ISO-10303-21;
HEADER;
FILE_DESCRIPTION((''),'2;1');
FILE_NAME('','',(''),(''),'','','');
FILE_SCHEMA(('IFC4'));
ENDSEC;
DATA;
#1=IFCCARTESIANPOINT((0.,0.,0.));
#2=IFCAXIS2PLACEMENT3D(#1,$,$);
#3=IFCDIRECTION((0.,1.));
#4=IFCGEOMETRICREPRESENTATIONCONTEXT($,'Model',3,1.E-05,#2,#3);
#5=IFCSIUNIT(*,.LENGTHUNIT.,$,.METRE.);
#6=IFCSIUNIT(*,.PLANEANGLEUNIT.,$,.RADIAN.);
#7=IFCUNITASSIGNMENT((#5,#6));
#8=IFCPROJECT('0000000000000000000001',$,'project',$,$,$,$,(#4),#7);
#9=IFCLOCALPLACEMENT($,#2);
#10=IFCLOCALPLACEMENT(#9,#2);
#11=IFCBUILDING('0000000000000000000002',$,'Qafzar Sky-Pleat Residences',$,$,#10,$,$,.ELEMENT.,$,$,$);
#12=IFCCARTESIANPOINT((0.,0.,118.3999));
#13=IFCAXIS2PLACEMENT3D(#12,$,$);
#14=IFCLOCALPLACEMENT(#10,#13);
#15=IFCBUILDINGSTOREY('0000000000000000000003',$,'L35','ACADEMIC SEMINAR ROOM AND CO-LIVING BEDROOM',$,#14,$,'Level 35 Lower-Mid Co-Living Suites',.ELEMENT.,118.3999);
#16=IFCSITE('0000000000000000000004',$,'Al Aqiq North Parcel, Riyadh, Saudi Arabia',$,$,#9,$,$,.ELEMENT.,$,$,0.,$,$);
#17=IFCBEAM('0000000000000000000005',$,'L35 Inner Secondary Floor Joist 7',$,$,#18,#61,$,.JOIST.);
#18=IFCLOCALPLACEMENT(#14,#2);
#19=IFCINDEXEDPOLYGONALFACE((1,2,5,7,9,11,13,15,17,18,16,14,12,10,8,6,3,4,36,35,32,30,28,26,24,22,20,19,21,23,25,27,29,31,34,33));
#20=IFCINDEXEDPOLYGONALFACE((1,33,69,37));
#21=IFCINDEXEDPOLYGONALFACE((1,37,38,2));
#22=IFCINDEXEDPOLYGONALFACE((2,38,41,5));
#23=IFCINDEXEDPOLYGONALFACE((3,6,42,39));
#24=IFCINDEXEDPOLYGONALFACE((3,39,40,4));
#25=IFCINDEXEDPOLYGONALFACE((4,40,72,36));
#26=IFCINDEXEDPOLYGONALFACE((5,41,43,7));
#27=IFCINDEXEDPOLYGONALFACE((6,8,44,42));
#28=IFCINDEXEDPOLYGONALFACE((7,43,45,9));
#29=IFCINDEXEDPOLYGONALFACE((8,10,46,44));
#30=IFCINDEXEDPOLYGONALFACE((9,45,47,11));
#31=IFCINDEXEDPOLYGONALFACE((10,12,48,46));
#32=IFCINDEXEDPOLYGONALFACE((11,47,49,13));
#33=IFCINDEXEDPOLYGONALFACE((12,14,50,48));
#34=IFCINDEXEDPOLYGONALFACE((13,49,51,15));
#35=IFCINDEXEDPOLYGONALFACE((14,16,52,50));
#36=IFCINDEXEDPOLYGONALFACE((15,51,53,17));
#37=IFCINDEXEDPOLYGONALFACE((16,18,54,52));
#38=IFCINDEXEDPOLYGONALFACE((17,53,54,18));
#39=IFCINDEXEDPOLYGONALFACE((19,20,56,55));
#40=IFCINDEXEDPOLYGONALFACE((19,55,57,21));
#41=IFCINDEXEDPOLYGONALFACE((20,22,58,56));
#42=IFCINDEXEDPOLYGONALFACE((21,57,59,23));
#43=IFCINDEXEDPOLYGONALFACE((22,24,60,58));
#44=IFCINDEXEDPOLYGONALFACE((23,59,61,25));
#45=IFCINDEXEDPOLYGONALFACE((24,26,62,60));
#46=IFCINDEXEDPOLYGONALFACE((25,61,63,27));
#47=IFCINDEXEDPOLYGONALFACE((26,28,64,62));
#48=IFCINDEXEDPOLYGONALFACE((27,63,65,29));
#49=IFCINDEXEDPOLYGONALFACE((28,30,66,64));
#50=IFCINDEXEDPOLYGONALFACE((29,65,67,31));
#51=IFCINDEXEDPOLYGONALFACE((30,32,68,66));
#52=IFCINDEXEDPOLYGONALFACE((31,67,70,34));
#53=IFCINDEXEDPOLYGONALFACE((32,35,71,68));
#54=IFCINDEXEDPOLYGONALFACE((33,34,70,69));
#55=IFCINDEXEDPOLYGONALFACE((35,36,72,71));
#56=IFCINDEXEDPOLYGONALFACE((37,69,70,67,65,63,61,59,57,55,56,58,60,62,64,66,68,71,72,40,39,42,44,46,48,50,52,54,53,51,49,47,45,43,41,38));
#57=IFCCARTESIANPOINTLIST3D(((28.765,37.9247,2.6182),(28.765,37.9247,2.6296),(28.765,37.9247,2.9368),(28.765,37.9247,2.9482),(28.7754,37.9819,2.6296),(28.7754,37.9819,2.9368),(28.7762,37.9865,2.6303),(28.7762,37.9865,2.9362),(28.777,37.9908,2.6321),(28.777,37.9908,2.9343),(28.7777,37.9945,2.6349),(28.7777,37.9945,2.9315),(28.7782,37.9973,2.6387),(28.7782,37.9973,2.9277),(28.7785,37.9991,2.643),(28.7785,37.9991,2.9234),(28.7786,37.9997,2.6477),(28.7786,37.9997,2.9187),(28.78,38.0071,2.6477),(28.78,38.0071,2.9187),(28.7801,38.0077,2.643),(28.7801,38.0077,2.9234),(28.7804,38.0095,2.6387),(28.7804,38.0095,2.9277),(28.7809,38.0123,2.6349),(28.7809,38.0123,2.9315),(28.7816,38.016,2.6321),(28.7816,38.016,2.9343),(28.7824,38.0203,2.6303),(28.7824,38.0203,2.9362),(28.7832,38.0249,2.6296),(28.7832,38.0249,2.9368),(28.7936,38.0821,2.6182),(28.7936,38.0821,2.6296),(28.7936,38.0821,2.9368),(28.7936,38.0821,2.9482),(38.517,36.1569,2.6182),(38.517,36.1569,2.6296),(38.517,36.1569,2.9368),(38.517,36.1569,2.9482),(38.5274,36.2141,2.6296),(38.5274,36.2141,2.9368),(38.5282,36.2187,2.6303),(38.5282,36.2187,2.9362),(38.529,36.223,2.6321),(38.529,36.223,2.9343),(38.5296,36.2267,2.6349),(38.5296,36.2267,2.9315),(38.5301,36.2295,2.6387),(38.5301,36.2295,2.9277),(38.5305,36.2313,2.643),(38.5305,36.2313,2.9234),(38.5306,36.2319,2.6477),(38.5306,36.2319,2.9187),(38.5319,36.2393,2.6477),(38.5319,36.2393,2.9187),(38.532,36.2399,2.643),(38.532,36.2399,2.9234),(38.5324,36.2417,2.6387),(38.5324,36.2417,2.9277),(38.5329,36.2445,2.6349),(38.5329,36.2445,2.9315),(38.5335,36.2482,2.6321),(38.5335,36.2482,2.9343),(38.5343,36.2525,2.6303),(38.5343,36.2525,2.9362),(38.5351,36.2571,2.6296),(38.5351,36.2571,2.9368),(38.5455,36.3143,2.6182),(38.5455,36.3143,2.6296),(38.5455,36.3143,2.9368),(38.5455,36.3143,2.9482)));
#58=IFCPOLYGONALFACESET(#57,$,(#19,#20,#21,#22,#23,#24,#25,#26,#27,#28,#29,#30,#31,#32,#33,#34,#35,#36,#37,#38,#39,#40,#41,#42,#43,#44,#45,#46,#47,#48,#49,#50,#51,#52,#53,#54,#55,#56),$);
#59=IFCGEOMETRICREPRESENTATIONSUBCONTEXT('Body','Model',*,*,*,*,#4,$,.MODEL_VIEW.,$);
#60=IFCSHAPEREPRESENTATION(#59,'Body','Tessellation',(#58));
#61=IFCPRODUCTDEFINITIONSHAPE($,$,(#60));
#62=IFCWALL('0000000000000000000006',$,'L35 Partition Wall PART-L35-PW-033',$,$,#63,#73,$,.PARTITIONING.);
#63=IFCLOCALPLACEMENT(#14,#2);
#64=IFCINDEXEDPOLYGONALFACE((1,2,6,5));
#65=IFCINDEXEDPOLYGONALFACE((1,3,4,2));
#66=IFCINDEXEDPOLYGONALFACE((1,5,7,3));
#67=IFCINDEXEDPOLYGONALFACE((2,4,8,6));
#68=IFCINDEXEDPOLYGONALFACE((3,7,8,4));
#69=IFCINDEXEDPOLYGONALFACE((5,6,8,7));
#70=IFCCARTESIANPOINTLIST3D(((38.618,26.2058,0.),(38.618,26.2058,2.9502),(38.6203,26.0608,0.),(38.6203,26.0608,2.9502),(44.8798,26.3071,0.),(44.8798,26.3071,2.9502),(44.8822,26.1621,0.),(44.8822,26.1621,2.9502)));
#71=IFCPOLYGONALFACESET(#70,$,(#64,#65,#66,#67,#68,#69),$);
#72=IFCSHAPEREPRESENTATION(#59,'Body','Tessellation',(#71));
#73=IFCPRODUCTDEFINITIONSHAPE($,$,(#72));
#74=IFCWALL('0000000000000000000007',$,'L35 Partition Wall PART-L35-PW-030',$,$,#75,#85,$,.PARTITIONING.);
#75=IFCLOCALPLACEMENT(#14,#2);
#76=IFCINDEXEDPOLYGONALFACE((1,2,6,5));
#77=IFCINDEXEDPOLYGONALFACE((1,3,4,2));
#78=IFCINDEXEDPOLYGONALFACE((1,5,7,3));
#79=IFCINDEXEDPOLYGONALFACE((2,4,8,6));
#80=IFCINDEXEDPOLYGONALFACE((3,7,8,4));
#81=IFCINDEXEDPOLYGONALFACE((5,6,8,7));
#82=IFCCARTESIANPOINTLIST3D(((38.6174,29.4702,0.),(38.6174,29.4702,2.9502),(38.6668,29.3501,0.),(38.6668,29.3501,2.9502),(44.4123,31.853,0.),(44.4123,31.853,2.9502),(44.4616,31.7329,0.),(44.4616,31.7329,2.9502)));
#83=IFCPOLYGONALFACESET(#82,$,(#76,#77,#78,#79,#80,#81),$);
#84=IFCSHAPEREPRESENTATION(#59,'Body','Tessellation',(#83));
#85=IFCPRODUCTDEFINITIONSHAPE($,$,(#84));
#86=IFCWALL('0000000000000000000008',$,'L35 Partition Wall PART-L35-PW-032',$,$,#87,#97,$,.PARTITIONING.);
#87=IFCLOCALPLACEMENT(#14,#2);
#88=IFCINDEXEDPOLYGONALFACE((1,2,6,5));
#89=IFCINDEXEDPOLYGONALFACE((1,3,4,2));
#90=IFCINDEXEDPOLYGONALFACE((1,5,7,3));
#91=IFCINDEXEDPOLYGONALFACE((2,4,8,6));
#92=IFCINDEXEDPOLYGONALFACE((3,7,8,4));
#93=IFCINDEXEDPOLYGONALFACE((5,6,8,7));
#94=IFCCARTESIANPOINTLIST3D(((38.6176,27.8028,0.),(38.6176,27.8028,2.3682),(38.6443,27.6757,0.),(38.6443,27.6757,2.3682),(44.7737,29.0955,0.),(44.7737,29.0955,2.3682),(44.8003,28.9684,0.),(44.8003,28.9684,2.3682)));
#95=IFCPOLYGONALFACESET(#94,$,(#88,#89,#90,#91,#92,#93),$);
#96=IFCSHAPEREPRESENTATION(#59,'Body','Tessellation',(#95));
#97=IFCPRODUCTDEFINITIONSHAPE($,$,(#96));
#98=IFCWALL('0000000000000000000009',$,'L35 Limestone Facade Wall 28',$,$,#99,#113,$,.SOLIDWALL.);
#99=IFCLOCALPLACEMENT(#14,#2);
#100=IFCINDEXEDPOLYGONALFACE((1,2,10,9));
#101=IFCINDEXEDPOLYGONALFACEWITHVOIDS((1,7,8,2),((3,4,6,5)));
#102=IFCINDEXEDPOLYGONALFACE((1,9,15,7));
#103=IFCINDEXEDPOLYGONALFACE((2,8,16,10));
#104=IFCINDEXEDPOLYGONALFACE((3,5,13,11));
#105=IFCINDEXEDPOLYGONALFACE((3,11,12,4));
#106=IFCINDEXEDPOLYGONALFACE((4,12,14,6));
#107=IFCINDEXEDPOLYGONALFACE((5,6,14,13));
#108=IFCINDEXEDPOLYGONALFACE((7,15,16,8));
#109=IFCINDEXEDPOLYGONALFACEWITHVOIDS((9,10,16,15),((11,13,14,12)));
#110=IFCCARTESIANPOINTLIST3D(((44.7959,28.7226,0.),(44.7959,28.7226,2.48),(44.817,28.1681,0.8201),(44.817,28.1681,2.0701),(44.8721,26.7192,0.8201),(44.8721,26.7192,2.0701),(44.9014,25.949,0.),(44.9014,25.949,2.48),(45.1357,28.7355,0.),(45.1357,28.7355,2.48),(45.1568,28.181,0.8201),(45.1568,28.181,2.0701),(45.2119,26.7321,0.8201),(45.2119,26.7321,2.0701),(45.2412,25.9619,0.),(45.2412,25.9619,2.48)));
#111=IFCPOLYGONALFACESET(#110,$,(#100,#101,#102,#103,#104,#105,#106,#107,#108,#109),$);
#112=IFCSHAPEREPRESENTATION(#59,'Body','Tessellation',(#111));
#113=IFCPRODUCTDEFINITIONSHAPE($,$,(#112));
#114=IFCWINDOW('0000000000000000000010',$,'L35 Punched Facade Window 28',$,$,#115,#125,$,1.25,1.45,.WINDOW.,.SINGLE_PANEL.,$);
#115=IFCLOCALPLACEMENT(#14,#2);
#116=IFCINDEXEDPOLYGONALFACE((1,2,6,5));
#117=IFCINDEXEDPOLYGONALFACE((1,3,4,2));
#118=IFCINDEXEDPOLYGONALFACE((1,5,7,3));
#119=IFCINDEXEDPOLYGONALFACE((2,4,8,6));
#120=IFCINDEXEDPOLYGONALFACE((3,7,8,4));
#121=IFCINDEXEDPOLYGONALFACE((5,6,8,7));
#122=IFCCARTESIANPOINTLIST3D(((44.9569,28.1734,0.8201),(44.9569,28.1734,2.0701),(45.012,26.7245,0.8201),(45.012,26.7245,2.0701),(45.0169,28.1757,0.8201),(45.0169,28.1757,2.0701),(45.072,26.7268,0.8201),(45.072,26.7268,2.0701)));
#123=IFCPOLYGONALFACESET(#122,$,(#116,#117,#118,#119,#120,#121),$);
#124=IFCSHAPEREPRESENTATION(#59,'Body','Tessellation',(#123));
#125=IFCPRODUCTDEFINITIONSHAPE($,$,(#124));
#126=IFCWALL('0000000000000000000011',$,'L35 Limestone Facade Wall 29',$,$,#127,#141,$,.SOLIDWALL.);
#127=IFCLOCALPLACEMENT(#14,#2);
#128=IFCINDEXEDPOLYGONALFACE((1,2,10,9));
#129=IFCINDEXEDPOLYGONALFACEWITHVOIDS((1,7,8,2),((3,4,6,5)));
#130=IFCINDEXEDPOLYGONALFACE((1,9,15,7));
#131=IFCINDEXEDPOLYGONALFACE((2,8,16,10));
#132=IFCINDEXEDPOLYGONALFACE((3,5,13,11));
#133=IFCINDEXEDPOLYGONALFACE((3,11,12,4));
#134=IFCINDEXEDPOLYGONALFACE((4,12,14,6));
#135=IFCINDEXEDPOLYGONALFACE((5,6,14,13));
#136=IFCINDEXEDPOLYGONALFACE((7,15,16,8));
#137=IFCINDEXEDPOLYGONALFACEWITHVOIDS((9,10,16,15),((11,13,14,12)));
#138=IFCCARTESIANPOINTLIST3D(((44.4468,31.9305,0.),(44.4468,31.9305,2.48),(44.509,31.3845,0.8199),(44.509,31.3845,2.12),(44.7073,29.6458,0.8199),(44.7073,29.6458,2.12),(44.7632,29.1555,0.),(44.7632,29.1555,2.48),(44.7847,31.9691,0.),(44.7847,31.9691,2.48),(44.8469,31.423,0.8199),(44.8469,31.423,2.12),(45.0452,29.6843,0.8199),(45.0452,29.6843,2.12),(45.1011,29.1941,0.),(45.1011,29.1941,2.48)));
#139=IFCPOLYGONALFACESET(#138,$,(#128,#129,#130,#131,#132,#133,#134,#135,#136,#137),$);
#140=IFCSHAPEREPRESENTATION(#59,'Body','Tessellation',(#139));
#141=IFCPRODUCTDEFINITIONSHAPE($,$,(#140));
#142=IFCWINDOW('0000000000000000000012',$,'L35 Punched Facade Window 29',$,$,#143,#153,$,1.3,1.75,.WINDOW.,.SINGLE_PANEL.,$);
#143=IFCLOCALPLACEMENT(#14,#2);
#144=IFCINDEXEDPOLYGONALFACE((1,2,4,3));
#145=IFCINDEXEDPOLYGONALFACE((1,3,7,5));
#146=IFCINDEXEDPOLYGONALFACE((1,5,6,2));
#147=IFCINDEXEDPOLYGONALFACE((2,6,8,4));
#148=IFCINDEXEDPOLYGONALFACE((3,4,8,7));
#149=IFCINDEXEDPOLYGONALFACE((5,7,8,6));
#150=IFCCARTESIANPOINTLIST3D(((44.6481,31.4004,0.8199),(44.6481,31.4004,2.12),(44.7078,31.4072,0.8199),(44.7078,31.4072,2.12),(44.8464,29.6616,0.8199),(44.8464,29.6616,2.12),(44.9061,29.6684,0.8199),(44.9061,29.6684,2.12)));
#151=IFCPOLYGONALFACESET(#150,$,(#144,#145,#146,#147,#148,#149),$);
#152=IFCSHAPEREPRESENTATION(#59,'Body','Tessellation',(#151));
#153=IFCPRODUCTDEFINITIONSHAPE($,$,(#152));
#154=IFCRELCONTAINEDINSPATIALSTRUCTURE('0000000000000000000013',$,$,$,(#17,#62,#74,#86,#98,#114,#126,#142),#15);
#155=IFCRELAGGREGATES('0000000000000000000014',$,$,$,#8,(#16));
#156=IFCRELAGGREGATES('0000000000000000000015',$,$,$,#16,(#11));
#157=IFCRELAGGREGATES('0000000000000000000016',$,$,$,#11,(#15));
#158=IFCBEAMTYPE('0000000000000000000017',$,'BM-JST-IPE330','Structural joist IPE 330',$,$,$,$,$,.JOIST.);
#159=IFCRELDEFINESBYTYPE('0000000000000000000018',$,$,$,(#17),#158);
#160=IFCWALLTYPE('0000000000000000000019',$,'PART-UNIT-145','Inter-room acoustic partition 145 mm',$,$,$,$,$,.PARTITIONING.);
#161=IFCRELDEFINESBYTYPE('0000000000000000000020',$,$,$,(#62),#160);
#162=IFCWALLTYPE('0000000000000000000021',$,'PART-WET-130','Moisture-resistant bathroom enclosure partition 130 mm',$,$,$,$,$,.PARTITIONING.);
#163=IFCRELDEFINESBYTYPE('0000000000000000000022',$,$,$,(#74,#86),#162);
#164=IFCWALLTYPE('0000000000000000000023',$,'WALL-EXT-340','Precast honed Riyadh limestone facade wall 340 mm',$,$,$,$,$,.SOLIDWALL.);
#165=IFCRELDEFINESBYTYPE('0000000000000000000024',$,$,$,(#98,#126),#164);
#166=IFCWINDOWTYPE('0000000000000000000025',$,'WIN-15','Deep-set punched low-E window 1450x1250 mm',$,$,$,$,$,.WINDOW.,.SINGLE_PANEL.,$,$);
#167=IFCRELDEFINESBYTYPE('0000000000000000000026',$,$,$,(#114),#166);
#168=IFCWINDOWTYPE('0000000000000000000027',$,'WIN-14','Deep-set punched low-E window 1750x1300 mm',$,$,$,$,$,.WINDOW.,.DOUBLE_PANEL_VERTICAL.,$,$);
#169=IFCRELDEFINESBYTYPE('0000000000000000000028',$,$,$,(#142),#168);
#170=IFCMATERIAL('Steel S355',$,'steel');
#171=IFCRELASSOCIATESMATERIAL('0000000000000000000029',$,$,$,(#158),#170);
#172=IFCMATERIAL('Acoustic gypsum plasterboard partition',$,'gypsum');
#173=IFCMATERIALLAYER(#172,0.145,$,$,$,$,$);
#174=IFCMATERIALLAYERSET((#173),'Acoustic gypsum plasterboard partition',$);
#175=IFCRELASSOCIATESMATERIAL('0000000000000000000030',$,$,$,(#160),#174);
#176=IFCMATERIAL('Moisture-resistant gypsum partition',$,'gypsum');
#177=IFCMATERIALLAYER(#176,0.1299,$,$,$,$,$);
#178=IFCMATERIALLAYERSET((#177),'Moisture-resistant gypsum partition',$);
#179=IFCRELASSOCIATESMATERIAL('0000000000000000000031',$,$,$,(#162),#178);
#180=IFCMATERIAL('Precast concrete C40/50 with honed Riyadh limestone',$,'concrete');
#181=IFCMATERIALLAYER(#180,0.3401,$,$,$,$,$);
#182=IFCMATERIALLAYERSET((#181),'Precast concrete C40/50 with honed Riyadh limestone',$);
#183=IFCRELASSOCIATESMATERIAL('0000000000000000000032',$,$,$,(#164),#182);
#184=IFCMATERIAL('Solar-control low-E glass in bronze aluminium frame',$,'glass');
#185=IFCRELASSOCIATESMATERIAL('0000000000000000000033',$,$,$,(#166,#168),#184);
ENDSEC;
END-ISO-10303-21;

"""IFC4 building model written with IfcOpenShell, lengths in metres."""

from ifc_helpers import new_model, si_unit, direction, frame, frame_2d, origin, origin_2d, place, context, subcontext, project, spatial, rectangle, i_section, extrude, source, transform, mapped, material, layer, layer_set, material_profile, profile_set, type_object, element, fill, save


model = new_model("IFC4")

# Units and contexts
model_context = context("Model", 3, precision=1e-05, world=origin(), true_north=direction((0.0, 1.0)))
body_context = subcontext(model_context, "Body", "Model", "MODEL_VIEW")
ifc_project = project(units=[si_unit("LENGTHUNIT", "METRE"), si_unit("PLANEANGLEUNIT", "RADIAN")], contexts=[model_context])

# Site, building, storey
site_placement = place(None, origin())
site = spatial("IfcSite", under=ifc_project, at=site_placement, Name="Al Aqiq North Parcel, Riyadh, Saudi Arabia", CompositionType="ELEMENT", RefElevation=0.0)
building_placement = place(site_placement, origin())
building = spatial("IfcBuilding", under=site, at=building_placement, Name="Qafzar Sky-Pleat Residences", CompositionType="ELEMENT")
storey_placement = place(building_placement, frame((0.0, 0.0, 118.3999)))
storey = spatial("IfcBuildingStorey", under=building, at=storey_placement, Name="L35", Description="ACADEMIC SEMINAR ROOM AND CO-LIVING BEDROOM", LongName="Level 35 Lower-Mid Co-Living Suites", CompositionType="ELEMENT", Elevation=118.3999)

# Beam
ifc_material_1 = material(Name="Steel S355", Category="steel")
ifc_material_profile_1 = material_profile(ifc_material_1, i_section(OverallWidth=0.1599, OverallDepth=0.3301, WebThickness=0.0076, FlangeThickness=0.0115, FilletRadius=0.0181, at=origin_2d()), Name="IPE 330")
ifc_profile_set_1 = profile_set([ifc_material_profile_1], Name="Steel S355")
beam_type_1 = type_object("IfcBeamType", Name="BM-JST-IPE330", Description="Structural joist IPE 330", PredefinedType="JOIST", material=ifc_profile_set_1)
shared_shape_1 = source(origin(), body_context, "Body", "SweptSolid", [
    extrude(i_section(OverallWidth=0.1599, OverallDepth=0.3301, WebThickness=0.0076, FlangeThickness=0.0115, FilletRadius=0.0181, at=origin_2d()), origin(), (0.0, 0.0, 1.0), 9.9109),
])
beam_1_placement = place(storey_placement, frame((38.5312, 36.2356, 2.7832), z_axis=(-0.983963, 0.178372, 0.0), x_axis=(-0.178372, -0.983963, 0.0)))
element("IfcBeam", 1, at=beam_1_placement, inside=storey, type_object=beam_type_1, Name="L35 Inner Secondary Floor Joist 7", PredefinedType="JOIST", context=body_context, shape_type="MappedRepresentation", body=[
    mapped(shared_shape_1, transform((0.0, 0.0, 0.0), x_axis=(1.0, 0.0, 0.0), y_axis=(0.0, 1.0, 0.0), z_axis=(0.0, 0.0, 1.0), scale=1.0)),
])

# Walls
ifc_material_2 = material(Name="Acoustic gypsum plasterboard partition", Category="gypsum")
ifc_layer_1 = layer(ifc_material_2, 0.145)
ifc_layer_set_1 = layer_set([ifc_layer_1], Name="Acoustic gypsum plasterboard partition")
wall_type_1 = type_object("IfcWallType", Name="PART-UNIT-145", Description="Inter-room acoustic partition 145 mm", PredefinedType="PARTITIONING", material=ifc_layer_set_1)
wall_1_placement = place(storey_placement, frame((38.6191, 26.1333, 0.0), z_axis=(0.0, 0.0, 1.0), x_axis=(0.999869, 0.016178, 0.0)))
element("IfcWall", 2, at=wall_1_placement, inside=storey, type_object=wall_type_1, Name="L35 Partition Wall PART-L35-PW-033", PredefinedType="PARTITIONING", context=body_context, shape_type="SweptSolid", body=[
    extrude(rectangle(XDim=6.2627, YDim=0.145, at=frame_2d((3.1313, 0.0))), origin(), (0.0, 0.0, 1.0), 2.9502),
])
ifc_material_3 = material(Name="Moisture-resistant gypsum partition", Category="gypsum")
ifc_layer_2 = layer(ifc_material_3, 0.1299)
ifc_layer_set_2 = layer_set([ifc_layer_2], Name="Moisture-resistant gypsum partition")
wall_type_2 = type_object("IfcWallType", Name="PART-WET-130", Description="Moisture-resistant bathroom enclosure partition 130 mm", PredefinedType="PARTITIONING", material=ifc_layer_set_2)
wall_2_placement = place(storey_placement, frame((38.6421, 29.4102, 0.0), z_axis=(0.0, 0.0, 1.0), x_axis=(0.924865, 0.380295, 0.0)))
element("IfcWall", 3, at=wall_2_placement, inside=storey, type_object=wall_type_2, Name="L35 Partition Wall PART-L35-PW-030", PredefinedType="PARTITIONING", context=body_context, shape_type="SweptSolid", body=[
    extrude(rectangle(XDim=6.2656, YDim=0.1299, at=frame_2d((3.1328, 0.0))), origin(), (0.0, 0.0, 1.0), 2.9502),
])
wall_3_placement = place(storey_placement, frame((38.6311, 27.7393, 0.0), z_axis=(0.0, 0.0, 1.0), x_axis=(0.978655, 0.205512, 0.0)))
element("IfcWall", 4, at=wall_3_placement, inside=storey, type_object=wall_type_2, Name="L35 Partition Wall PART-L35-PW-032", PredefinedType="PARTITIONING", context=body_context, shape_type="SweptSolid", body=[
    extrude(rectangle(XDim=6.2903, YDim=0.1299, at=frame_2d((3.145, 0.0))), origin(), (0.0, 0.0, 1.0), 2.3682),
])

# Walls, openings, windows
ifc_material_4 = material(Name="Precast concrete C40/50 with honed Riyadh limestone", Category="concrete")
ifc_layer_3 = layer(ifc_material_4, 0.3401)
ifc_layer_set_3 = layer_set([ifc_layer_3], Name="Precast concrete C40/50 with honed Riyadh limestone")
wall_type_3 = type_object("IfcWallType", Name="WALL-EXT-340", Description="Precast honed Riyadh limestone facade wall 340 mm", PredefinedType="SOLIDWALL", material=ifc_layer_set_3)
wall_4_placement = place(storey_placement, frame((45.0713, 25.9556, 0.0), z_axis=(0.0, 0.0, 1.0), x_axis=(-0.037997, 0.999278, 0.0)))
wall_4 = element("IfcWall", 5, at=wall_4_placement, inside=storey, type_object=wall_type_3, Name="L35 Limestone Facade Wall 28", PredefinedType="SOLIDWALL", context=body_context, shape_type="SweptSolid", body=[
    extrude(rectangle(XDim=2.7756, YDim=0.3401, at=frame_2d((1.3877, 0.0))), origin(), (0.0, 0.0, 1.0), 2.48),
])
opening_1_placement = place(wall_4_placement, frame((0.7705, 0.0, 0.8201)))
opening_1 = element("IfcOpeningElement", 6, at=opening_1_placement, cuts=wall_4, PredefinedType="OPENING", context=body_context, shape_type="SweptSolid", body=[
    extrude(rectangle(XDim=1.45, YDim=1.25, at=frame_2d((0.7251, 0.625))), frame((0.0, 0.1802, 0.0), z_axis=(0.0, -1.0, 0.0), x_axis=(1.0, 0.0, 0.0)), (0.0, 0.0, 1.0), 0.3601),
])
ifc_material_5 = material(Name="Solar-control low-E glass in bronze aluminium frame", Category="glass")
window_type_1 = type_object("IfcWindowType", Name="WIN-15", Description="Deep-set punched low-E window 1450x1250 mm", PartitioningType="SINGLE_PANEL", PredefinedType="WINDOW", material=ifc_material_5)
shared_shape_2 = source(origin(), body_context, "Body", "SweptSolid", [
    extrude(rectangle(XDim=1.45, YDim=1.25, at=frame_2d((0.7251, 0.625))), frame((0.0, 0.03, 0.0), z_axis=(0.0, -1.0, 0.0), x_axis=(1.0, 0.0, 0.0)), (0.0, 0.0, 1.0), 0.0601),
])
window_1_placement = place(opening_1_placement, origin())
window_1 = element("IfcWindow", 7, at=window_1_placement, inside=storey, type_object=window_type_1, Name="L35 Punched Facade Window 28", OverallHeight=1.25, OverallWidth=1.45, PartitioningType="SINGLE_PANEL", PredefinedType="WINDOW", context=body_context, shape_type="MappedRepresentation", body=[
    mapped(shared_shape_2, transform((0.0, 0.0, 0.0), x_axis=(1.0, 0.0, 0.0), y_axis=(0.0, 1.0, 0.0), z_axis=(0.0, 0.0, 1.0), scale=1.0)),
])
fill(opening_1, window_1)
wall_5_placement = place(storey_placement, frame((44.9321, 29.1748, 0.0), z_axis=(0.0, 0.0, 1.0), x_axis=(-0.11329, 0.993562, 0.0)))
wall_5 = element("IfcWall", 8, at=wall_5_placement, inside=storey, type_object=wall_type_3, Name="L35 Limestone Facade Wall 29", PredefinedType="SOLIDWALL", context=body_context, shape_type="SweptSolid", body=[
    extrude(rectangle(XDim=2.793, YDim=0.3401, at=frame_2d((1.3965, 0.0))), origin(), (0.0, 0.0, 1.0), 2.48),
])
opening_2_placement = place(wall_5_placement, frame((0.4934, 0.0, 0.8201)))
opening_2 = element("IfcOpeningElement", 9, at=opening_2_placement, cuts=wall_5, PredefinedType="OPENING", context=body_context, shape_type="SweptSolid", body=[
    extrude(rectangle(XDim=1.75, YDim=1.3, at=frame_2d((0.875, 0.6499))), frame((0.0, 0.1802, 0.0), z_axis=(0.0, -1.0, 0.0), x_axis=(1.0, 0.0, 0.0)), (0.0, 0.0, 1.0), 0.3601),
])
window_type_2 = type_object("IfcWindowType", Name="WIN-14", Description="Deep-set punched low-E window 1750x1300 mm", PartitioningType="DOUBLE_PANEL_VERTICAL", PredefinedType="WINDOW", material=ifc_material_5)
shared_shape_3 = source(origin(), body_context, "Body", "SweptSolid", [
    extrude(rectangle(XDim=1.75, YDim=1.3, at=frame_2d((0.875, 0.6499))), frame((0.0, 0.03, 0.0), z_axis=(0.0, -1.0, 0.0), x_axis=(1.0, 0.0, 0.0)), (0.0, 0.0, 1.0), 0.0601),
])
window_2_placement = place(opening_2_placement, origin())
window_2 = element("IfcWindow", 10, at=window_2_placement, inside=storey, type_object=window_type_2, Name="L35 Punched Facade Window 29", OverallHeight=1.3, OverallWidth=1.75, PartitioningType="SINGLE_PANEL", PredefinedType="WINDOW", context=body_context, shape_type="MappedRepresentation", body=[
    mapped(shared_shape_3, transform((0.0, 0.0, 0.0), x_axis=(1.0, 0.0, 0.0), y_axis=(0.0, 1.0, 0.0), z_axis=(0.0, 0.0, 1.0), scale=1.0)),
])
fill(opening_2, window_2)

save(model, "model.ifc")
